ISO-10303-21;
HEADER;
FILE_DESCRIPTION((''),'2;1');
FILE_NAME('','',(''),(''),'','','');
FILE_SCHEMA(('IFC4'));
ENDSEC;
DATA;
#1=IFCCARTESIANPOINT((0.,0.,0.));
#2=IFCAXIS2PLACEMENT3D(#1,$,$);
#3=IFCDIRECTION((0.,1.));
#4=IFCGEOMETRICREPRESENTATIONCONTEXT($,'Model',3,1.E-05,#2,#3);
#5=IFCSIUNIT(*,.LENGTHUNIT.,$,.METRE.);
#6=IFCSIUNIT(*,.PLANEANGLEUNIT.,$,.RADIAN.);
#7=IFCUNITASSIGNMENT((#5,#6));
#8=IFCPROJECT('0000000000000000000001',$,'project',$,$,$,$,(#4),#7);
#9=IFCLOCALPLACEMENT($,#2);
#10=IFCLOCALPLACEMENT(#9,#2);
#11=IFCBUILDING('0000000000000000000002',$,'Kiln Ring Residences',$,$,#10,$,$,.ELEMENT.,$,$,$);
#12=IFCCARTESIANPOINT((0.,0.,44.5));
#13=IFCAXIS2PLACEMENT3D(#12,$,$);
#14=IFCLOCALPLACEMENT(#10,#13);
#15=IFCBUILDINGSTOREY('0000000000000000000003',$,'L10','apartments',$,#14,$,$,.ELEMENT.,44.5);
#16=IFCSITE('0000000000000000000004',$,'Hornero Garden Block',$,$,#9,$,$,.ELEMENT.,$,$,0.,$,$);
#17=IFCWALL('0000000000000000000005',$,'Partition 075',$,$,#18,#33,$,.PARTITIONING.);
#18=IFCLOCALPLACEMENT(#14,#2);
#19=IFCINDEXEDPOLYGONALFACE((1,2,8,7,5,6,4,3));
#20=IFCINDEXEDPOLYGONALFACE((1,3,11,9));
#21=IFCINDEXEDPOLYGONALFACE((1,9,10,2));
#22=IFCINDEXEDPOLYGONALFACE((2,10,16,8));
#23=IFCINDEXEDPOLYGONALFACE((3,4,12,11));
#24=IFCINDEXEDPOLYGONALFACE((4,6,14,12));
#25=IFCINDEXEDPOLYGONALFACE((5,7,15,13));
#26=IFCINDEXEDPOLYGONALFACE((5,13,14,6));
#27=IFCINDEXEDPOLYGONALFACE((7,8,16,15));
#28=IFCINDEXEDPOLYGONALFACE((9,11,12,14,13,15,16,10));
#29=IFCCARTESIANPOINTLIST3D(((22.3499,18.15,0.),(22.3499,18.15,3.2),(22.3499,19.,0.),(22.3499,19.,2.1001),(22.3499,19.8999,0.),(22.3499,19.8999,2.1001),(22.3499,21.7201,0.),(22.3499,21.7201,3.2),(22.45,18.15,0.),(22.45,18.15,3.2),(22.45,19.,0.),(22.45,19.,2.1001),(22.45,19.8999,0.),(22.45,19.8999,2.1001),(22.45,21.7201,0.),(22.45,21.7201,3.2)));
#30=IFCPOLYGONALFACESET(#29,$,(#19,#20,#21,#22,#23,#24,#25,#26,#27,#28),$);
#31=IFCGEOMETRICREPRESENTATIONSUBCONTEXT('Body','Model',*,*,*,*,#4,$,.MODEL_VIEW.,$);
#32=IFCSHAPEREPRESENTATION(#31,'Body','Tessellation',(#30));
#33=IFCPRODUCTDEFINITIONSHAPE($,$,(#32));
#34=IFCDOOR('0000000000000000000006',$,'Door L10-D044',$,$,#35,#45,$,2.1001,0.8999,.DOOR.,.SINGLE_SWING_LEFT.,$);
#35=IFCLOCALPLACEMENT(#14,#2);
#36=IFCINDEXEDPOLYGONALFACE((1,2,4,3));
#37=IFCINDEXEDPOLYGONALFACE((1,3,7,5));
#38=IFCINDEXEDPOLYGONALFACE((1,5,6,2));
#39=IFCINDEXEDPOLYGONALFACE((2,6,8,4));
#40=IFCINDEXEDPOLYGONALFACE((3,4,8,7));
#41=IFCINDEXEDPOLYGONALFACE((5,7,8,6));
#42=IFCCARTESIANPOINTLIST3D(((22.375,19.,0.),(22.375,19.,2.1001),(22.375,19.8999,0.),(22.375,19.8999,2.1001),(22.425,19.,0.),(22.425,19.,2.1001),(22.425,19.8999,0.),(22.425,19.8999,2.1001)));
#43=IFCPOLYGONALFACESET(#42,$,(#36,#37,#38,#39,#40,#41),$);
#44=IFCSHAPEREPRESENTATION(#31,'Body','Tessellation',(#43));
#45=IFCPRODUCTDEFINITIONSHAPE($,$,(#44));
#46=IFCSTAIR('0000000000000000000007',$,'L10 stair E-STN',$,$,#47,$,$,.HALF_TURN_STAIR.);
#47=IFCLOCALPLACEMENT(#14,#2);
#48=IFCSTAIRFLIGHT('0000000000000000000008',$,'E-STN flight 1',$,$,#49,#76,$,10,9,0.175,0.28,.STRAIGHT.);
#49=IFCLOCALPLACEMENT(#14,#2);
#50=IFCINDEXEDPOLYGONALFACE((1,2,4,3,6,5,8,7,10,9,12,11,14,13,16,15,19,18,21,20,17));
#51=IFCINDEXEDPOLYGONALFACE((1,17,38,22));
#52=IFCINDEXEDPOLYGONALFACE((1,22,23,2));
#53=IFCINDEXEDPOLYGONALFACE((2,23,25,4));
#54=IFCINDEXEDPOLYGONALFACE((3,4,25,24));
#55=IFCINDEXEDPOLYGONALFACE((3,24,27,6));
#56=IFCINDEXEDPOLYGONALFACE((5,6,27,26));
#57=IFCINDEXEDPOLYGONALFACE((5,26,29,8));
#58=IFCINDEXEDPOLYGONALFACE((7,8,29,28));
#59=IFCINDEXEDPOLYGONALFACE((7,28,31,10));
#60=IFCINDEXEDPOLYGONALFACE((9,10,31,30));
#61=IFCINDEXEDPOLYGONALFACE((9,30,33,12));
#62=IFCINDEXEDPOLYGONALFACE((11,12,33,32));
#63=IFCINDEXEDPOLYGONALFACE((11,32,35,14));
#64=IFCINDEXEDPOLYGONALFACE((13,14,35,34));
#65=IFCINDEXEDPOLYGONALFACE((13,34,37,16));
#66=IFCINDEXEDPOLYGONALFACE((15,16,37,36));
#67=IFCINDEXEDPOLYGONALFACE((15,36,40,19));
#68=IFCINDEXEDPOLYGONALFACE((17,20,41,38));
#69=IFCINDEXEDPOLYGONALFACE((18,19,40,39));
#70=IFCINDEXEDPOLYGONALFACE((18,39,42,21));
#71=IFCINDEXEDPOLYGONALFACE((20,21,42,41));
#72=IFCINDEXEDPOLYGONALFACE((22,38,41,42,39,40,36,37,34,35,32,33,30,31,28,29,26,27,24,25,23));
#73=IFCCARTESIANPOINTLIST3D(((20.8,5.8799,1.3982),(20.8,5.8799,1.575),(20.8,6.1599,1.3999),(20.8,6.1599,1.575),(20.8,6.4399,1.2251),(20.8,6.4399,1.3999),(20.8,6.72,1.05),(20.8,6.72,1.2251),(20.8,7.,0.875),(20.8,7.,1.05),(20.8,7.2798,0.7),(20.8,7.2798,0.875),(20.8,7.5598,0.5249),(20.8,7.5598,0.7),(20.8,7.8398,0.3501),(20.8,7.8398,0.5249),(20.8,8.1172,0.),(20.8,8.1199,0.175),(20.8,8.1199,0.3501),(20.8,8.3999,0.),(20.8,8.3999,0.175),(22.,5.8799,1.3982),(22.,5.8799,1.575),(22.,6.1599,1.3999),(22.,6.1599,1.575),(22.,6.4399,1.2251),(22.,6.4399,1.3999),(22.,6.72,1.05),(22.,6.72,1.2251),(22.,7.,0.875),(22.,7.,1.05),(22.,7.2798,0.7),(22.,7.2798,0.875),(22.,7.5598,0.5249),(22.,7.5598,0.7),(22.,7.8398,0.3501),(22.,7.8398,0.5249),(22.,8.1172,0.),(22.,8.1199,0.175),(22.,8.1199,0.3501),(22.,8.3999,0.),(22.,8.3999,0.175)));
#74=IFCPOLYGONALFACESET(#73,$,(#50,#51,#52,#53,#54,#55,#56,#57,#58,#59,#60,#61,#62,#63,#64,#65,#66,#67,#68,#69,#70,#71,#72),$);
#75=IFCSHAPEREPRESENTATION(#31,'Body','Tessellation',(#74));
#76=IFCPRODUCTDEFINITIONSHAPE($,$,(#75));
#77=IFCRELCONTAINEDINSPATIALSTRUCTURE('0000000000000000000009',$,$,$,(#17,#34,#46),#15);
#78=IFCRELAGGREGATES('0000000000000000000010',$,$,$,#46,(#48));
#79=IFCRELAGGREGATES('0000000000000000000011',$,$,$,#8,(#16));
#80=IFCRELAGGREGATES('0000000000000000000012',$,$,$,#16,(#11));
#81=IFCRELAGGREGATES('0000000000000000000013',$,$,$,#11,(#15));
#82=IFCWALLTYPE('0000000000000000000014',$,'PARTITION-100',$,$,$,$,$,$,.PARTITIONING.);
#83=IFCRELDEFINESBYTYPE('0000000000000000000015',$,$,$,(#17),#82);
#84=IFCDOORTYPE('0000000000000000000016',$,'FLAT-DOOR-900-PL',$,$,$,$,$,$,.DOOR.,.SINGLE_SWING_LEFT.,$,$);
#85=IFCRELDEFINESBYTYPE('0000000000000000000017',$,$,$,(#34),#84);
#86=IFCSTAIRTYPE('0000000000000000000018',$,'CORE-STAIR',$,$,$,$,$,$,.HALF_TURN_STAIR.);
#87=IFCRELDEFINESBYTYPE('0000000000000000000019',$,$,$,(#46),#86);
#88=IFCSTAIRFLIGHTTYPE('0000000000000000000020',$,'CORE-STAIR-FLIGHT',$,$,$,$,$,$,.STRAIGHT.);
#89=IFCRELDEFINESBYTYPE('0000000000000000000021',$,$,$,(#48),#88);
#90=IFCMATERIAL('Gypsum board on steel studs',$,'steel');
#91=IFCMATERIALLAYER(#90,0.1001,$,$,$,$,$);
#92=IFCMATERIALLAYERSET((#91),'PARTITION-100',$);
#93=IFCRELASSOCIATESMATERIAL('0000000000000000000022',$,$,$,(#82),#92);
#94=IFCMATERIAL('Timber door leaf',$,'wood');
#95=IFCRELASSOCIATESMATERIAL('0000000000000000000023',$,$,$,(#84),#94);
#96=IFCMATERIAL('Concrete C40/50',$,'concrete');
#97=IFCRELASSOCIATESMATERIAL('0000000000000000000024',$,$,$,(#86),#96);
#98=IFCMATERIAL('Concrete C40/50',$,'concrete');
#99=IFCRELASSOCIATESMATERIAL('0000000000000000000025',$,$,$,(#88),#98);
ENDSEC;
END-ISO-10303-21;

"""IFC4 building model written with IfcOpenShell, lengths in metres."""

from ifc_helpers import new_model, si_unit, direction, frame, frame_2d, origin, place, context, subcontext, project, spatial, polyline, rectangle, outline, extrude, material, layer, layer_set, type_object, element, fill, aggregate, save


model = new_model("IFC4")

# Units and contexts
model_context = context("Model", 3, precision=1e-05, world=origin(), true_north=direction((0.0, 1.0)))
body_context = subcontext(model_context, "Body", "Model", "MODEL_VIEW")
ifc_project = project(units=[si_unit("LENGTHUNIT", "METRE"), si_unit("PLANEANGLEUNIT", "RADIAN")], contexts=[model_context])

# Site, building, storey
site_placement = place(None, origin())
site = spatial("IfcSite", under=ifc_project, at=site_placement, Name="Hornero Garden Block", CompositionType="ELEMENT", RefElevation=0.0)
building_placement = place(site_placement, origin())
building = spatial("IfcBuilding", under=site, at=building_placement, Name="Kiln Ring Residences", CompositionType="ELEMENT")
storey_placement = place(building_placement, frame((0.0, 0.0, 44.5)))
storey = spatial("IfcBuildingStorey", under=building, at=storey_placement, Name="L10", Description="apartments", CompositionType="ELEMENT", Elevation=44.5)

# Shared definitions
ifc_material_1 = material(Name="Gypsum board on steel studs", Category="steel")
ifc_layer_1 = layer(ifc_material_1, 0.1001)
ifc_layer_set_1 = layer_set([ifc_layer_1], Name="PARTITION-100")
wall_type_1 = type_object("IfcWallType", Name="PARTITION-100", PredefinedType="PARTITIONING", material=ifc_layer_set_1)

# Wall, opening, door
wall_1_placement = place(storey_placement, frame((22.3999, 18.1499, 0.0), z_axis=(0.0, 0.0, 1.0), x_axis=(0.0, 1.0, 0.0)))
wall_1 = element("IfcWall", 1, at=wall_1_placement, inside=storey, type_object=wall_type_1, Name="Partition 075", PredefinedType="PARTITIONING", context=body_context, shape_type="SweptSolid", body=[
    extrude(rectangle(XDim=3.5701, YDim=0.1001, at=frame_2d((1.7852, 0.0))), origin(), (0.0, 0.0, 1.0), 3.2),
])
opening_1_placement = place(wall_1_placement, frame((0.8501, 0.0, 0.0)))
opening_1 = element("IfcOpeningElement", 2, at=opening_1_placement, cuts=wall_1, PredefinedType="OPENING", context=body_context, shape_type="SweptSolid", body=[
    extrude(rectangle(XDim=0.8999, YDim=2.1001, at=frame_2d((0.45, 1.05))), frame((0.0, 0.0601, 0.0), z_axis=(0.0, -1.0, 0.0), x_axis=(1.0, 0.0, 0.0)), (0.0, 0.0, 1.0), 0.1201),
])
ifc_material_2 = material(Name="Timber door leaf", Category="wood")
door_type_1 = type_object("IfcDoorType", Name="FLAT-DOOR-900-PL", OperationType="SINGLE_SWING_LEFT", PredefinedType="DOOR", material=ifc_material_2)
door_1_placement = place(opening_1_placement, origin())
door_1 = element("IfcDoor", 3, at=door_1_placement, inside=storey, type_object=door_type_1, Name="Door L10-D044", OperationType="SINGLE_SWING_LEFT", OverallHeight=2.1001, OverallWidth=0.8999, PredefinedType="DOOR", context=body_context, shape_type="SweptSolid", body=[
    extrude(rectangle(XDim=0.8999, YDim=2.1001, at=frame_2d((0.45, 1.05))), frame((0.0, 0.0249, 0.0), z_axis=(0.0, -1.0, 0.0), x_axis=(1.0, 0.0, 0.0)), (0.0, 0.0, 1.0), 0.05),
])
fill(opening_1, door_1)

# Stair, stair flight
ifc_material_3 = material(Name="Concrete C40/50", Category="concrete")
stair_type = type_object("IfcStairType", Name="CORE-STAIR", PredefinedType="HALF_TURN_STAIR", material=ifc_material_3)
stair_placement = place(storey_placement, origin())
stair = element("IfcStair", 4, at=stair_placement, inside=storey, type_object=stair_type, Name="L10 stair E-STN", PredefinedType="HALF_TURN_STAIR")
ifc_material_4 = material(Name="Concrete C40/50", Category="concrete")
stair_flight_type = type_object("IfcStairFlightType", Name="CORE-STAIR-FLIGHT", PredefinedType="STRAIGHT", material=ifc_material_4)
stair_flight_placement = place(storey_placement, frame((21.3999, 8.3999, 0.0), z_axis=(0.0, 0.0, 1.0), x_axis=(0.0, -1.0, 0.0)))
stair_flight = element("IfcStairFlight", 5, at=stair_flight_placement, type_object=stair_flight_type, Name="E-STN flight 1", NumberOfRisers=10, NumberOfTreads=9, PredefinedType="STRAIGHT", RiserHeight=0.175, TreadLength=0.28, context=body_context, shape_type="SweptSolid", body=[
    extrude(outline(polyline([(0.0, 0.0), (0.0, 0.175), (0.28, 0.175), (0.28, 0.3501), (0.5601, 0.3501), (0.5601, 0.5249), (0.8401, 0.5249), (0.8401, 0.7), (1.1201, 0.7), (1.1201, 0.875), (1.3999, 0.875), (1.3999, 1.05), (1.6799, 1.05), (1.6799, 1.2251), (1.96, 1.2251), (1.96, 1.3999), (2.24, 1.3999), (2.24, 1.575), (2.52, 1.575), (2.52, 1.75), (2.52, 1.3982), (0.2827, 0.0), (0.0, 0.0)])), frame((0.0, 0.6001, 0.0), z_axis=(0.0, -1.0, 0.0), x_axis=(1.0, 0.0, 0.0)), (0.0, 0.0, 1.0), 1.2),
])
aggregate(stair, [stair_flight])

save(model, "model.ifc")
